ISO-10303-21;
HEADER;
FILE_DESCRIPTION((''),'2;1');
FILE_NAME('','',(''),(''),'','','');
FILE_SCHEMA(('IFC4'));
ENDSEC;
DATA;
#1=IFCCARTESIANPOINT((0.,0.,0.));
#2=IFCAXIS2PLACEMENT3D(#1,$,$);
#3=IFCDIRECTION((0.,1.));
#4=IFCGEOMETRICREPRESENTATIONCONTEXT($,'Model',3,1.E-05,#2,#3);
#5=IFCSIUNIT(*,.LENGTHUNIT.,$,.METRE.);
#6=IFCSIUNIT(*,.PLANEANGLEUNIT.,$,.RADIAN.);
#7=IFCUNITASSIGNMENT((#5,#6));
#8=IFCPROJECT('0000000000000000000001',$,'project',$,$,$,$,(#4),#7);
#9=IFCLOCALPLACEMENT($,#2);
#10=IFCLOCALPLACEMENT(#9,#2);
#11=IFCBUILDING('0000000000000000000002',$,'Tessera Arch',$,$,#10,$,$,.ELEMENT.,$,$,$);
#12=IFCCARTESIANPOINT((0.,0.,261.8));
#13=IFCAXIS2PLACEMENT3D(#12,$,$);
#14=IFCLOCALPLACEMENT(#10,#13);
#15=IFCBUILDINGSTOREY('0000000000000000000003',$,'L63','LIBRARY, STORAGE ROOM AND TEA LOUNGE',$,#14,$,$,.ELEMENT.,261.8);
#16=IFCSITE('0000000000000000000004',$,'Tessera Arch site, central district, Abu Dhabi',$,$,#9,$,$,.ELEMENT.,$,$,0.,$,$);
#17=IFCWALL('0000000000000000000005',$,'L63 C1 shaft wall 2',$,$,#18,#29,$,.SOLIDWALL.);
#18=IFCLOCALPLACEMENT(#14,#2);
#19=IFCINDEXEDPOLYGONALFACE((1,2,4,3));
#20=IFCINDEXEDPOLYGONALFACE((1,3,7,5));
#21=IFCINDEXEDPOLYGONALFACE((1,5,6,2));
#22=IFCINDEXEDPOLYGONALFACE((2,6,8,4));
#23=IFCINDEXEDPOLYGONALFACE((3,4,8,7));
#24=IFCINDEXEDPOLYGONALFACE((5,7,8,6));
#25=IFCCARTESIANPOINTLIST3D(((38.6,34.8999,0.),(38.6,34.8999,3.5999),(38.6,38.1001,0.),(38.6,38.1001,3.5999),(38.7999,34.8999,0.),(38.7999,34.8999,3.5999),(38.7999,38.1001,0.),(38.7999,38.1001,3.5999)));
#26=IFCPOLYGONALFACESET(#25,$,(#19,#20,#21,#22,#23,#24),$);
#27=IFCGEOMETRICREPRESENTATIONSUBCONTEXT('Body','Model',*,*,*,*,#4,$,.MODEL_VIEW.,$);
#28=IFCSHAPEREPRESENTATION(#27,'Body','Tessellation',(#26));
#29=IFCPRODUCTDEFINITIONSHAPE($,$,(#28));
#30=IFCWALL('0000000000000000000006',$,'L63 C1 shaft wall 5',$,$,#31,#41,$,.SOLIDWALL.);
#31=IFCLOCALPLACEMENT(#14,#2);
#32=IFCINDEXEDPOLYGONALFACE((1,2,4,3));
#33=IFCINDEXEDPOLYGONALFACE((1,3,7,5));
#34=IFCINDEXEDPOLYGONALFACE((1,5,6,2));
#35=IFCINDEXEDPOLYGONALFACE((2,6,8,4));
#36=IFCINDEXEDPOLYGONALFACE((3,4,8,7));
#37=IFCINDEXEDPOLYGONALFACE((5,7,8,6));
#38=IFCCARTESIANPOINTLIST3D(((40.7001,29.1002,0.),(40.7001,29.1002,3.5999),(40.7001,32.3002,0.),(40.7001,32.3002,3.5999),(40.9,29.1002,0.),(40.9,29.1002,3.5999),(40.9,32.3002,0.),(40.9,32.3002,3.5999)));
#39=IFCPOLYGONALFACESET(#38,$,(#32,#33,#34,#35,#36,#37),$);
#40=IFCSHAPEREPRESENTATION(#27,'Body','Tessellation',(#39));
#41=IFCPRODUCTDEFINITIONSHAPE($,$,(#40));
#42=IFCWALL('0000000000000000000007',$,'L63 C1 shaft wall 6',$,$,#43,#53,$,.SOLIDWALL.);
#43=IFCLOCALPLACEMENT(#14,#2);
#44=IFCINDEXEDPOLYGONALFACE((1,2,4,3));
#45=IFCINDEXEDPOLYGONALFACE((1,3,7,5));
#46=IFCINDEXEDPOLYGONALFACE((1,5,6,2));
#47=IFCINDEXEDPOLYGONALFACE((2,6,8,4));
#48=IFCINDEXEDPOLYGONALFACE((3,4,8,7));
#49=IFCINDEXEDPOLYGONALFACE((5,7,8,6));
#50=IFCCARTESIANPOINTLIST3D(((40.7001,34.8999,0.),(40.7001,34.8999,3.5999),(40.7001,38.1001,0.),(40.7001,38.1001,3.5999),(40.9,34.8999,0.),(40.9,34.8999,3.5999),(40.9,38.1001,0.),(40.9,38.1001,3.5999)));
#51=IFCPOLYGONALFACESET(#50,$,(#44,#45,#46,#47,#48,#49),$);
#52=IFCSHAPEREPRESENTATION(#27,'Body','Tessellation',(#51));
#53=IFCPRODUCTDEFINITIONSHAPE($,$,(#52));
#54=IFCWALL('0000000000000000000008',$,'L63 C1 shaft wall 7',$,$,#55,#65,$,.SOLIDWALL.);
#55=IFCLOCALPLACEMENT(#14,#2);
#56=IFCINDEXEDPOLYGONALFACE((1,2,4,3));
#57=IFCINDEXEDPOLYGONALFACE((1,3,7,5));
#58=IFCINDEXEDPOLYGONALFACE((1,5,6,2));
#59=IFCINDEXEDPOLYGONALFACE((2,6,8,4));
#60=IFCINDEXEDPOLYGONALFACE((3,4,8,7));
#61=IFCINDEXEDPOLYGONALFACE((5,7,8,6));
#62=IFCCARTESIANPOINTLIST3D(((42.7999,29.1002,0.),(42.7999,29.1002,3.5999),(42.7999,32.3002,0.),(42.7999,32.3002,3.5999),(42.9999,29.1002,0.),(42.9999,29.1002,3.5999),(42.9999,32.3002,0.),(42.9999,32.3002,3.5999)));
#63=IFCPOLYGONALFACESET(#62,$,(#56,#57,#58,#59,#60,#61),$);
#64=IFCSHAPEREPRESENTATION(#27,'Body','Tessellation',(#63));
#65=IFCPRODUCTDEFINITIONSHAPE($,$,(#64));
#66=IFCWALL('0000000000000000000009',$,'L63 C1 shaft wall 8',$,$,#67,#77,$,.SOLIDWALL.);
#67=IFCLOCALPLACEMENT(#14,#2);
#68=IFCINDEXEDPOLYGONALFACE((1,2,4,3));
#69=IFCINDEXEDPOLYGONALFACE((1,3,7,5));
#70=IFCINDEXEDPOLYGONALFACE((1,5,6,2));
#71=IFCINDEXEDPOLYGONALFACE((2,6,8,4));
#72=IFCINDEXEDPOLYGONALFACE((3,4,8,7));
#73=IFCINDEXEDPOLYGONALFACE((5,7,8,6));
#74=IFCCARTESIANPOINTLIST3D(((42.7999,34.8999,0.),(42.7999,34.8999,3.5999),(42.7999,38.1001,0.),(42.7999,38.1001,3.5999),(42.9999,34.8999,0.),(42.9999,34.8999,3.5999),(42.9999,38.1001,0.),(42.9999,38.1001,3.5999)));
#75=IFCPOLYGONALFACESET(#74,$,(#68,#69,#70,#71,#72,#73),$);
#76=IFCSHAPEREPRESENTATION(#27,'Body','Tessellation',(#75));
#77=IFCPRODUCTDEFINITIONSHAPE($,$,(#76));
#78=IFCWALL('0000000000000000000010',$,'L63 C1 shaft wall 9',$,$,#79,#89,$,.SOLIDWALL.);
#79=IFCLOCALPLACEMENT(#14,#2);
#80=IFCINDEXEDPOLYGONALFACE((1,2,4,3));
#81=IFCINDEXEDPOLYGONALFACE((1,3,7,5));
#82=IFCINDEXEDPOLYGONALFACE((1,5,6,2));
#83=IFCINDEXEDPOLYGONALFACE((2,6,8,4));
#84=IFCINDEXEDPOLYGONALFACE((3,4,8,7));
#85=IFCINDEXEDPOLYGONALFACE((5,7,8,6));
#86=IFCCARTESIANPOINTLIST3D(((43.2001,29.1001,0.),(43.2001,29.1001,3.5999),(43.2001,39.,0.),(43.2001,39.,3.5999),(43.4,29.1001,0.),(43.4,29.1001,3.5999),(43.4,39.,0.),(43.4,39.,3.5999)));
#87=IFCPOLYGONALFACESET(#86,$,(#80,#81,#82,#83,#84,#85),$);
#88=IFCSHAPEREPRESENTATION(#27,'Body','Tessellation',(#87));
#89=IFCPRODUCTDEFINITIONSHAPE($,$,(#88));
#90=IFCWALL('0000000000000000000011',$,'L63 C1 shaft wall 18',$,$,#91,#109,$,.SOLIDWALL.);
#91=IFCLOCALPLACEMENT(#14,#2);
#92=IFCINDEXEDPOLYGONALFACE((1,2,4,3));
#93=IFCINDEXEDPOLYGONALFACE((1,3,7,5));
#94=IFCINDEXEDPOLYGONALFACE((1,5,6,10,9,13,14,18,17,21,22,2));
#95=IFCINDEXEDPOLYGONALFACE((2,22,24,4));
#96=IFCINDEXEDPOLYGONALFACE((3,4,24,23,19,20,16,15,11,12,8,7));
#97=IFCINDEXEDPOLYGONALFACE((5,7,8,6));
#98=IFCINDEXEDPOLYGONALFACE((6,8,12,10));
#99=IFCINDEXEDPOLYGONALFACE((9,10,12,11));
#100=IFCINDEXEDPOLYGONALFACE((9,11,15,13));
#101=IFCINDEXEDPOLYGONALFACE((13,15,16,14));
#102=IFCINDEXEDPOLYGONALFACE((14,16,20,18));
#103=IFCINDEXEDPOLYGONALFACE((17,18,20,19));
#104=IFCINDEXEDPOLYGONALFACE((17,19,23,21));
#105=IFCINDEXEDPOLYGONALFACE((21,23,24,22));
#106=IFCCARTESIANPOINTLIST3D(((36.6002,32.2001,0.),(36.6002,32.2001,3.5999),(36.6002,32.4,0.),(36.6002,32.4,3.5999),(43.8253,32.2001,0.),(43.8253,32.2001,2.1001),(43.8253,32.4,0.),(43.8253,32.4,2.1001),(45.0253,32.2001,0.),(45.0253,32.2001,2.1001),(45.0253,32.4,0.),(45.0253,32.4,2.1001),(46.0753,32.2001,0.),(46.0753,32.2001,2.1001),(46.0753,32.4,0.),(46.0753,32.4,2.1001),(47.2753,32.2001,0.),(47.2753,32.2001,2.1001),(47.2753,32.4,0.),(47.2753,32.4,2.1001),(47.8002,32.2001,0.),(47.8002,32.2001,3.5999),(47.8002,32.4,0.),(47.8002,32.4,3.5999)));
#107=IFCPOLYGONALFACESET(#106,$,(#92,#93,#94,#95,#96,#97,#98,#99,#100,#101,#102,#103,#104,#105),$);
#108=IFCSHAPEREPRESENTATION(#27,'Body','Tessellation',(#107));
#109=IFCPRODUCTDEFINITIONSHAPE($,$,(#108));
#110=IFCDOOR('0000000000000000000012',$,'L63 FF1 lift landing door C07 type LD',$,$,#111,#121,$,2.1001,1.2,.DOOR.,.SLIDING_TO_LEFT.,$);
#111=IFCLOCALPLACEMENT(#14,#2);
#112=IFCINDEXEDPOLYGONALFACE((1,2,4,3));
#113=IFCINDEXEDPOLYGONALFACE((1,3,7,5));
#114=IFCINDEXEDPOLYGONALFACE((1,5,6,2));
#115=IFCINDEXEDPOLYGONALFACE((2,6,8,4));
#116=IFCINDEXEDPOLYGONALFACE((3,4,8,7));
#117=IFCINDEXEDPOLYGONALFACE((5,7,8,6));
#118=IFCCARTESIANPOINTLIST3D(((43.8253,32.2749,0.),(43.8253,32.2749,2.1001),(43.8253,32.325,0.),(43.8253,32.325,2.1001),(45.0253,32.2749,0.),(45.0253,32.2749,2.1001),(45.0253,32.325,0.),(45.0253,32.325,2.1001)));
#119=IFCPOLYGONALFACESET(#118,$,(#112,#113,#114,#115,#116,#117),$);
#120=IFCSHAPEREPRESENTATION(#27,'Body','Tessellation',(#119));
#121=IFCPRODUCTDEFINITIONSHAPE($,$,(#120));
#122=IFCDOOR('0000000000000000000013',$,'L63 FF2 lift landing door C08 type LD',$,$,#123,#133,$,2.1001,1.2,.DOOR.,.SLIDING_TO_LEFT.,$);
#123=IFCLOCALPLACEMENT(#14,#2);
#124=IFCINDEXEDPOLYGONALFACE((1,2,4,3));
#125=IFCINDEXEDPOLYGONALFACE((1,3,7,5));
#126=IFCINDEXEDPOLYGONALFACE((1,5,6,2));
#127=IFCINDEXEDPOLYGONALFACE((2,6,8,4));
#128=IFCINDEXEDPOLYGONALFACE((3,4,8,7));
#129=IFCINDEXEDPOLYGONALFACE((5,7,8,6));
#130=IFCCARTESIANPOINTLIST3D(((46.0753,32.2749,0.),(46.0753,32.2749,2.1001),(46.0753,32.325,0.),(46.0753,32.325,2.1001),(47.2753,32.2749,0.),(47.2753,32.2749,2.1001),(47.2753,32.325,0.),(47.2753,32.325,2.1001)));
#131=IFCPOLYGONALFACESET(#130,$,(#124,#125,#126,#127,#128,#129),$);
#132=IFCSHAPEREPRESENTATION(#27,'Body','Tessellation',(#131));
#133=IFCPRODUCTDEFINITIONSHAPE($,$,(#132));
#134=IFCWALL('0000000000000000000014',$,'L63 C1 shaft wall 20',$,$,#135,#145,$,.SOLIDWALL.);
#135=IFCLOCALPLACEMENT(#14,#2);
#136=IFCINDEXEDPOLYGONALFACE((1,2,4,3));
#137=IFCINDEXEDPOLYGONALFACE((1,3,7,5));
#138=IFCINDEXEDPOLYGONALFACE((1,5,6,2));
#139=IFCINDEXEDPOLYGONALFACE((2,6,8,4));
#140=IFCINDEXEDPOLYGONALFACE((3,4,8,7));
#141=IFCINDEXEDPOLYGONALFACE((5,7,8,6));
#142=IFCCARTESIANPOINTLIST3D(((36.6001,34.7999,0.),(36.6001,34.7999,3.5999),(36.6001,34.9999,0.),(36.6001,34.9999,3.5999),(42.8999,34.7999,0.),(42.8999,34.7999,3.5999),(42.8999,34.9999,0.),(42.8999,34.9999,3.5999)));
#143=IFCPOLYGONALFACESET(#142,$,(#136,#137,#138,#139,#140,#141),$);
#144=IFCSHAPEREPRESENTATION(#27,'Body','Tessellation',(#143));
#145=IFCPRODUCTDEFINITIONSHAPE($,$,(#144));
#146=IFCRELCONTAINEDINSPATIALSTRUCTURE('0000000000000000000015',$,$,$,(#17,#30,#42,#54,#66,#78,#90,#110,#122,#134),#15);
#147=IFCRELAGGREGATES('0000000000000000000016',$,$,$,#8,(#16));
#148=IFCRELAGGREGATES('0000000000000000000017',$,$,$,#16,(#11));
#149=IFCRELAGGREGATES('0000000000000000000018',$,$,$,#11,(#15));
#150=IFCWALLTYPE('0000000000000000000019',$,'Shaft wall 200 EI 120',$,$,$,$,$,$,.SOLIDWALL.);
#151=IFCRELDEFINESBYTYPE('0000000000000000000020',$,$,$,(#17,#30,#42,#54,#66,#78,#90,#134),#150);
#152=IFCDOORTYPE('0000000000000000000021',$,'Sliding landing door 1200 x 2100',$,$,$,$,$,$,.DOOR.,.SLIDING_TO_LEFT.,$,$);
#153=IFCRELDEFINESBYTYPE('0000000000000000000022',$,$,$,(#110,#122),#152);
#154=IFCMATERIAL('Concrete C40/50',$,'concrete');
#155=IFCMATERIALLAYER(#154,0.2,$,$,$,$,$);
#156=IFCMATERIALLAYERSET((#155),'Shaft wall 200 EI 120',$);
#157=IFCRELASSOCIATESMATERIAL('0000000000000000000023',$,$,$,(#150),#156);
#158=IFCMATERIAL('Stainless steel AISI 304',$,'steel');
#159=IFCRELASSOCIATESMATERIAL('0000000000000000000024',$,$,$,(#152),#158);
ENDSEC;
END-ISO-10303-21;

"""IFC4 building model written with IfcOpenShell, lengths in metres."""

from ifc_helpers import new_model, si_unit, direction, frame, frame_2d, origin, place, context, subcontext, project, spatial, rectangle, extrude, material, layer, layer_set, type_object, element, fill, save


model = new_model("IFC4")

# Units and contexts
model_context = context("Model", 3, precision=1e-05, world=origin(), true_north=direction((0.0, 1.0)))
body_context = subcontext(model_context, "Body", "Model", "MODEL_VIEW")
ifc_project = project(units=[si_unit("LENGTHUNIT", "METRE"), si_unit("PLANEANGLEUNIT", "RADIAN")], contexts=[model_context])

# Site, building, storey
site_placement = place(None, origin())
site = spatial("IfcSite", under=ifc_project, at=site_placement, Name="Tessera Arch site, central district, Abu Dhabi", CompositionType="ELEMENT", RefElevation=0.0)
building_placement = place(site_placement, origin())
building = spatial("IfcBuilding", under=site, at=building_placement, Name="Tessera Arch", CompositionType="ELEMENT")
storey_placement = place(building_placement, frame((0.0, 0.0, 261.8)))
storey = spatial("IfcBuildingStorey", under=building, at=storey_placement, Name="L63", Description="LIBRARY, STORAGE ROOM AND TEA LOUNGE", CompositionType="ELEMENT", Elevation=261.8)

# Walls
ifc_material_1 = material(Name="Concrete C40/50", Category="concrete")
ifc_layer_1 = layer(ifc_material_1, 0.2)
ifc_layer_set_1 = layer_set([ifc_layer_1], Name="Shaft wall 200 EI 120")
wall_type_1 = type_object("IfcWallType", Name="Shaft wall 200 EI 120", PredefinedType="SOLIDWALL", material=ifc_layer_set_1)
wall_1_placement = place(storey_placement, frame((38.7, 34.8999, 0.0), z_axis=(0.0, 0.0, 1.0), x_axis=(0.0, 1.0, 0.0)))
element("IfcWall", 1, at=wall_1_placement, inside=storey, type_object=wall_type_1, Name="L63 C1 shaft wall 2", PredefinedType="SOLIDWALL", context=body_context, shape_type="SweptSolid", body=[
    extrude(rectangle(XDim=3.2002, YDim=0.2, at=frame_2d((1.6001, 0.0))), origin(), (0.0, 0.0, 1.0), 3.5999),
])
wall_2_placement = place(storey_placement, frame((40.8, 29.1001, 0.0), z_axis=(0.0, 0.0, 1.0), x_axis=(0.0, 1.0, 0.0)))
element("IfcWall", 2, at=wall_2_placement, inside=storey, type_object=wall_type_1, Name="L63 C1 shaft wall 5", PredefinedType="SOLIDWALL", context=body_context, shape_type="SweptSolid", body=[
    extrude(rectangle(XDim=3.2, YDim=0.2, at=frame_2d((1.6001, 0.0))), origin(), (0.0, 0.0, 1.0), 3.5999),
])
wall_3_placement = place(storey_placement, frame((40.8, 34.8999, 0.0), z_axis=(0.0, 0.0, 1.0), x_axis=(0.0, 1.0, 0.0)))
element("IfcWall", 3, at=wall_3_placement, inside=storey, type_object=wall_type_1, Name="L63 C1 shaft wall 6", PredefinedType="SOLIDWALL", context=body_context, shape_type="SweptSolid", body=[
    extrude(rectangle(XDim=3.2002, YDim=0.2, at=frame_2d((1.6001, 0.0))), origin(), (0.0, 0.0, 1.0), 3.5999),
])
wall_4_placement = place(storey_placement, frame((42.8999, 29.1001, 0.0), z_axis=(0.0, 0.0, 1.0), x_axis=(0.0, 1.0, 0.0)))
element("IfcWall", 4, at=wall_4_placement, inside=storey, type_object=wall_type_1, Name="L63 C1 shaft wall 7", PredefinedType="SOLIDWALL", context=body_context, shape_type="SweptSolid", body=[
    extrude(rectangle(XDim=3.2, YDim=0.2, at=frame_2d((1.6001, 0.0))), origin(), (0.0, 0.0, 1.0), 3.5999),
])
wall_5_placement = place(storey_placement, frame((42.8999, 34.8999, 0.0), z_axis=(0.0, 0.0, 1.0), x_axis=(0.0, 1.0, 0.0)))
element("IfcWall", 5, at=wall_5_placement, inside=storey, type_object=wall_type_1, Name="L63 C1 shaft wall 8", PredefinedType="SOLIDWALL", context=body_context, shape_type="SweptSolid", body=[
    extrude(rectangle(XDim=3.2002, YDim=0.2, at=frame_2d((1.6001, 0.0))), origin(), (0.0, 0.0, 1.0), 3.5999),
])
wall_6_placement = place(storey_placement, frame((43.3, 29.1001, 0.0), z_axis=(0.0, 0.0, 1.0), x_axis=(0.0, 1.0, 0.0)))
element("IfcWall", 6, at=wall_6_placement, inside=storey, type_object=wall_type_1, Name="L63 C1 shaft wall 9", PredefinedType="SOLIDWALL", context=body_context, shape_type="SweptSolid", body=[
    extrude(rectangle(XDim=9.8999, YDim=0.2, at=frame_2d((4.95, 0.0))), origin(), (0.0, 0.0, 1.0), 3.5999),
])

# Wall, openings, doors
wall_7_placement = place(storey_placement, frame((36.6001, 32.3, 0.0), z_axis=(0.0, 0.0, 1.0), x_axis=(1.0, 0.0, 0.0)))
wall_7 = element("IfcWall", 7, at=wall_7_placement, inside=storey, type_object=wall_type_1, Name="L63 C1 shaft wall 18", PredefinedType="SOLIDWALL", context=body_context, shape_type="SweptSolid", body=[
    extrude(rectangle(XDim=11.2, YDim=0.2, at=frame_2d((5.6001, 0.0))), origin(), (0.0, 0.0, 1.0), 3.5999),
])
opening_1_placement = place(wall_7_placement, frame((7.2251, 0.0, 0.0)))
opening_1 = element("IfcOpeningElement", 8, at=opening_1_placement, cuts=wall_7, PredefinedType="OPENING", context=body_context, shape_type="SweptSolid", body=[
    extrude(rectangle(XDim=1.2, YDim=2.1001, at=frame_2d((0.6001, 1.05))), frame((0.0, 0.1099, 0.0), z_axis=(0.0, -1.0, 0.0), x_axis=(1.0, 0.0, 0.0)), (0.0, 0.0, 1.0), 0.22),
])
opening_2_placement = place(wall_7_placement, frame((9.4751, 0.0, 0.0)))
opening_2 = element("IfcOpeningElement", 9, at=opening_2_placement, cuts=wall_7, PredefinedType="OPENING", context=body_context, shape_type="SweptSolid", body=[
    extrude(rectangle(XDim=1.2, YDim=2.1001, at=frame_2d((0.6001, 1.05))), frame((0.0, 0.1099, 0.0), z_axis=(0.0, -1.0, 0.0), x_axis=(1.0, 0.0, 0.0)), (0.0, 0.0, 1.0), 0.22),
])
ifc_material_2 = material(Name="Stainless steel AISI 304", Category="steel")
door_type_1 = type_object("IfcDoorType", Name="Sliding landing door 1200 x 2100", OperationType="SLIDING_TO_LEFT", PredefinedType="DOOR", material=ifc_material_2)
door_1_placement = place(opening_1_placement, origin())
door_1 = element("IfcDoor", 10, at=door_1_placement, inside=storey, type_object=door_type_1, Name="L63 FF1 lift landing door C07 type LD", OperationType="SLIDING_TO_LEFT", OverallHeight=2.1001, OverallWidth=1.2, PredefinedType="DOOR", context=body_context, shape_type="SweptSolid", body=[
    extrude(rectangle(XDim=1.2, YDim=2.1001, at=frame_2d((0.6001, 1.05))), frame((0.0, 0.0249, 0.0), z_axis=(0.0, -1.0, 0.0), x_axis=(1.0, 0.0, 0.0)), (0.0, 0.0, 1.0), 0.05),
])
fill(opening_1, door_1)
door_2_placement = place(opening_2_placement, origin())
door_2 = element("IfcDoor", 11, at=door_2_placement, inside=storey, type_object=door_type_1, Name="L63 FF2 lift landing door C08 type LD", OperationType="SLIDING_TO_LEFT", OverallHeight=2.1001, OverallWidth=1.2, PredefinedType="DOOR", context=body_context, shape_type="SweptSolid", body=[
    extrude(rectangle(XDim=1.2, YDim=2.1001, at=frame_2d((0.6001, 1.05))), frame((0.0, 0.0249, 0.0), z_axis=(0.0, -1.0, 0.0), x_axis=(1.0, 0.0, 0.0)), (0.0, 0.0, 1.0), 0.05),
])
fill(opening_2, door_2)

# Wall
wall_8_placement = place(storey_placement, frame((36.6001, 34.8999, 0.0), z_axis=(0.0, 0.0, 1.0), x_axis=(1.0, 0.0, 0.0)))
element("IfcWall", 12, at=wall_8_placement, inside=storey, type_object=wall_type_1, Name="L63 C1 shaft wall 20", PredefinedType="SOLIDWALL", context=body_context, shape_type="SweptSolid", body=[
    extrude(rectangle(XDim=6.2998, YDim=0.2, at=frame_2d((3.1499, 0.0))), origin(), (0.0, 0.0, 1.0), 3.5999),
])

save(model, "model.ifc")
